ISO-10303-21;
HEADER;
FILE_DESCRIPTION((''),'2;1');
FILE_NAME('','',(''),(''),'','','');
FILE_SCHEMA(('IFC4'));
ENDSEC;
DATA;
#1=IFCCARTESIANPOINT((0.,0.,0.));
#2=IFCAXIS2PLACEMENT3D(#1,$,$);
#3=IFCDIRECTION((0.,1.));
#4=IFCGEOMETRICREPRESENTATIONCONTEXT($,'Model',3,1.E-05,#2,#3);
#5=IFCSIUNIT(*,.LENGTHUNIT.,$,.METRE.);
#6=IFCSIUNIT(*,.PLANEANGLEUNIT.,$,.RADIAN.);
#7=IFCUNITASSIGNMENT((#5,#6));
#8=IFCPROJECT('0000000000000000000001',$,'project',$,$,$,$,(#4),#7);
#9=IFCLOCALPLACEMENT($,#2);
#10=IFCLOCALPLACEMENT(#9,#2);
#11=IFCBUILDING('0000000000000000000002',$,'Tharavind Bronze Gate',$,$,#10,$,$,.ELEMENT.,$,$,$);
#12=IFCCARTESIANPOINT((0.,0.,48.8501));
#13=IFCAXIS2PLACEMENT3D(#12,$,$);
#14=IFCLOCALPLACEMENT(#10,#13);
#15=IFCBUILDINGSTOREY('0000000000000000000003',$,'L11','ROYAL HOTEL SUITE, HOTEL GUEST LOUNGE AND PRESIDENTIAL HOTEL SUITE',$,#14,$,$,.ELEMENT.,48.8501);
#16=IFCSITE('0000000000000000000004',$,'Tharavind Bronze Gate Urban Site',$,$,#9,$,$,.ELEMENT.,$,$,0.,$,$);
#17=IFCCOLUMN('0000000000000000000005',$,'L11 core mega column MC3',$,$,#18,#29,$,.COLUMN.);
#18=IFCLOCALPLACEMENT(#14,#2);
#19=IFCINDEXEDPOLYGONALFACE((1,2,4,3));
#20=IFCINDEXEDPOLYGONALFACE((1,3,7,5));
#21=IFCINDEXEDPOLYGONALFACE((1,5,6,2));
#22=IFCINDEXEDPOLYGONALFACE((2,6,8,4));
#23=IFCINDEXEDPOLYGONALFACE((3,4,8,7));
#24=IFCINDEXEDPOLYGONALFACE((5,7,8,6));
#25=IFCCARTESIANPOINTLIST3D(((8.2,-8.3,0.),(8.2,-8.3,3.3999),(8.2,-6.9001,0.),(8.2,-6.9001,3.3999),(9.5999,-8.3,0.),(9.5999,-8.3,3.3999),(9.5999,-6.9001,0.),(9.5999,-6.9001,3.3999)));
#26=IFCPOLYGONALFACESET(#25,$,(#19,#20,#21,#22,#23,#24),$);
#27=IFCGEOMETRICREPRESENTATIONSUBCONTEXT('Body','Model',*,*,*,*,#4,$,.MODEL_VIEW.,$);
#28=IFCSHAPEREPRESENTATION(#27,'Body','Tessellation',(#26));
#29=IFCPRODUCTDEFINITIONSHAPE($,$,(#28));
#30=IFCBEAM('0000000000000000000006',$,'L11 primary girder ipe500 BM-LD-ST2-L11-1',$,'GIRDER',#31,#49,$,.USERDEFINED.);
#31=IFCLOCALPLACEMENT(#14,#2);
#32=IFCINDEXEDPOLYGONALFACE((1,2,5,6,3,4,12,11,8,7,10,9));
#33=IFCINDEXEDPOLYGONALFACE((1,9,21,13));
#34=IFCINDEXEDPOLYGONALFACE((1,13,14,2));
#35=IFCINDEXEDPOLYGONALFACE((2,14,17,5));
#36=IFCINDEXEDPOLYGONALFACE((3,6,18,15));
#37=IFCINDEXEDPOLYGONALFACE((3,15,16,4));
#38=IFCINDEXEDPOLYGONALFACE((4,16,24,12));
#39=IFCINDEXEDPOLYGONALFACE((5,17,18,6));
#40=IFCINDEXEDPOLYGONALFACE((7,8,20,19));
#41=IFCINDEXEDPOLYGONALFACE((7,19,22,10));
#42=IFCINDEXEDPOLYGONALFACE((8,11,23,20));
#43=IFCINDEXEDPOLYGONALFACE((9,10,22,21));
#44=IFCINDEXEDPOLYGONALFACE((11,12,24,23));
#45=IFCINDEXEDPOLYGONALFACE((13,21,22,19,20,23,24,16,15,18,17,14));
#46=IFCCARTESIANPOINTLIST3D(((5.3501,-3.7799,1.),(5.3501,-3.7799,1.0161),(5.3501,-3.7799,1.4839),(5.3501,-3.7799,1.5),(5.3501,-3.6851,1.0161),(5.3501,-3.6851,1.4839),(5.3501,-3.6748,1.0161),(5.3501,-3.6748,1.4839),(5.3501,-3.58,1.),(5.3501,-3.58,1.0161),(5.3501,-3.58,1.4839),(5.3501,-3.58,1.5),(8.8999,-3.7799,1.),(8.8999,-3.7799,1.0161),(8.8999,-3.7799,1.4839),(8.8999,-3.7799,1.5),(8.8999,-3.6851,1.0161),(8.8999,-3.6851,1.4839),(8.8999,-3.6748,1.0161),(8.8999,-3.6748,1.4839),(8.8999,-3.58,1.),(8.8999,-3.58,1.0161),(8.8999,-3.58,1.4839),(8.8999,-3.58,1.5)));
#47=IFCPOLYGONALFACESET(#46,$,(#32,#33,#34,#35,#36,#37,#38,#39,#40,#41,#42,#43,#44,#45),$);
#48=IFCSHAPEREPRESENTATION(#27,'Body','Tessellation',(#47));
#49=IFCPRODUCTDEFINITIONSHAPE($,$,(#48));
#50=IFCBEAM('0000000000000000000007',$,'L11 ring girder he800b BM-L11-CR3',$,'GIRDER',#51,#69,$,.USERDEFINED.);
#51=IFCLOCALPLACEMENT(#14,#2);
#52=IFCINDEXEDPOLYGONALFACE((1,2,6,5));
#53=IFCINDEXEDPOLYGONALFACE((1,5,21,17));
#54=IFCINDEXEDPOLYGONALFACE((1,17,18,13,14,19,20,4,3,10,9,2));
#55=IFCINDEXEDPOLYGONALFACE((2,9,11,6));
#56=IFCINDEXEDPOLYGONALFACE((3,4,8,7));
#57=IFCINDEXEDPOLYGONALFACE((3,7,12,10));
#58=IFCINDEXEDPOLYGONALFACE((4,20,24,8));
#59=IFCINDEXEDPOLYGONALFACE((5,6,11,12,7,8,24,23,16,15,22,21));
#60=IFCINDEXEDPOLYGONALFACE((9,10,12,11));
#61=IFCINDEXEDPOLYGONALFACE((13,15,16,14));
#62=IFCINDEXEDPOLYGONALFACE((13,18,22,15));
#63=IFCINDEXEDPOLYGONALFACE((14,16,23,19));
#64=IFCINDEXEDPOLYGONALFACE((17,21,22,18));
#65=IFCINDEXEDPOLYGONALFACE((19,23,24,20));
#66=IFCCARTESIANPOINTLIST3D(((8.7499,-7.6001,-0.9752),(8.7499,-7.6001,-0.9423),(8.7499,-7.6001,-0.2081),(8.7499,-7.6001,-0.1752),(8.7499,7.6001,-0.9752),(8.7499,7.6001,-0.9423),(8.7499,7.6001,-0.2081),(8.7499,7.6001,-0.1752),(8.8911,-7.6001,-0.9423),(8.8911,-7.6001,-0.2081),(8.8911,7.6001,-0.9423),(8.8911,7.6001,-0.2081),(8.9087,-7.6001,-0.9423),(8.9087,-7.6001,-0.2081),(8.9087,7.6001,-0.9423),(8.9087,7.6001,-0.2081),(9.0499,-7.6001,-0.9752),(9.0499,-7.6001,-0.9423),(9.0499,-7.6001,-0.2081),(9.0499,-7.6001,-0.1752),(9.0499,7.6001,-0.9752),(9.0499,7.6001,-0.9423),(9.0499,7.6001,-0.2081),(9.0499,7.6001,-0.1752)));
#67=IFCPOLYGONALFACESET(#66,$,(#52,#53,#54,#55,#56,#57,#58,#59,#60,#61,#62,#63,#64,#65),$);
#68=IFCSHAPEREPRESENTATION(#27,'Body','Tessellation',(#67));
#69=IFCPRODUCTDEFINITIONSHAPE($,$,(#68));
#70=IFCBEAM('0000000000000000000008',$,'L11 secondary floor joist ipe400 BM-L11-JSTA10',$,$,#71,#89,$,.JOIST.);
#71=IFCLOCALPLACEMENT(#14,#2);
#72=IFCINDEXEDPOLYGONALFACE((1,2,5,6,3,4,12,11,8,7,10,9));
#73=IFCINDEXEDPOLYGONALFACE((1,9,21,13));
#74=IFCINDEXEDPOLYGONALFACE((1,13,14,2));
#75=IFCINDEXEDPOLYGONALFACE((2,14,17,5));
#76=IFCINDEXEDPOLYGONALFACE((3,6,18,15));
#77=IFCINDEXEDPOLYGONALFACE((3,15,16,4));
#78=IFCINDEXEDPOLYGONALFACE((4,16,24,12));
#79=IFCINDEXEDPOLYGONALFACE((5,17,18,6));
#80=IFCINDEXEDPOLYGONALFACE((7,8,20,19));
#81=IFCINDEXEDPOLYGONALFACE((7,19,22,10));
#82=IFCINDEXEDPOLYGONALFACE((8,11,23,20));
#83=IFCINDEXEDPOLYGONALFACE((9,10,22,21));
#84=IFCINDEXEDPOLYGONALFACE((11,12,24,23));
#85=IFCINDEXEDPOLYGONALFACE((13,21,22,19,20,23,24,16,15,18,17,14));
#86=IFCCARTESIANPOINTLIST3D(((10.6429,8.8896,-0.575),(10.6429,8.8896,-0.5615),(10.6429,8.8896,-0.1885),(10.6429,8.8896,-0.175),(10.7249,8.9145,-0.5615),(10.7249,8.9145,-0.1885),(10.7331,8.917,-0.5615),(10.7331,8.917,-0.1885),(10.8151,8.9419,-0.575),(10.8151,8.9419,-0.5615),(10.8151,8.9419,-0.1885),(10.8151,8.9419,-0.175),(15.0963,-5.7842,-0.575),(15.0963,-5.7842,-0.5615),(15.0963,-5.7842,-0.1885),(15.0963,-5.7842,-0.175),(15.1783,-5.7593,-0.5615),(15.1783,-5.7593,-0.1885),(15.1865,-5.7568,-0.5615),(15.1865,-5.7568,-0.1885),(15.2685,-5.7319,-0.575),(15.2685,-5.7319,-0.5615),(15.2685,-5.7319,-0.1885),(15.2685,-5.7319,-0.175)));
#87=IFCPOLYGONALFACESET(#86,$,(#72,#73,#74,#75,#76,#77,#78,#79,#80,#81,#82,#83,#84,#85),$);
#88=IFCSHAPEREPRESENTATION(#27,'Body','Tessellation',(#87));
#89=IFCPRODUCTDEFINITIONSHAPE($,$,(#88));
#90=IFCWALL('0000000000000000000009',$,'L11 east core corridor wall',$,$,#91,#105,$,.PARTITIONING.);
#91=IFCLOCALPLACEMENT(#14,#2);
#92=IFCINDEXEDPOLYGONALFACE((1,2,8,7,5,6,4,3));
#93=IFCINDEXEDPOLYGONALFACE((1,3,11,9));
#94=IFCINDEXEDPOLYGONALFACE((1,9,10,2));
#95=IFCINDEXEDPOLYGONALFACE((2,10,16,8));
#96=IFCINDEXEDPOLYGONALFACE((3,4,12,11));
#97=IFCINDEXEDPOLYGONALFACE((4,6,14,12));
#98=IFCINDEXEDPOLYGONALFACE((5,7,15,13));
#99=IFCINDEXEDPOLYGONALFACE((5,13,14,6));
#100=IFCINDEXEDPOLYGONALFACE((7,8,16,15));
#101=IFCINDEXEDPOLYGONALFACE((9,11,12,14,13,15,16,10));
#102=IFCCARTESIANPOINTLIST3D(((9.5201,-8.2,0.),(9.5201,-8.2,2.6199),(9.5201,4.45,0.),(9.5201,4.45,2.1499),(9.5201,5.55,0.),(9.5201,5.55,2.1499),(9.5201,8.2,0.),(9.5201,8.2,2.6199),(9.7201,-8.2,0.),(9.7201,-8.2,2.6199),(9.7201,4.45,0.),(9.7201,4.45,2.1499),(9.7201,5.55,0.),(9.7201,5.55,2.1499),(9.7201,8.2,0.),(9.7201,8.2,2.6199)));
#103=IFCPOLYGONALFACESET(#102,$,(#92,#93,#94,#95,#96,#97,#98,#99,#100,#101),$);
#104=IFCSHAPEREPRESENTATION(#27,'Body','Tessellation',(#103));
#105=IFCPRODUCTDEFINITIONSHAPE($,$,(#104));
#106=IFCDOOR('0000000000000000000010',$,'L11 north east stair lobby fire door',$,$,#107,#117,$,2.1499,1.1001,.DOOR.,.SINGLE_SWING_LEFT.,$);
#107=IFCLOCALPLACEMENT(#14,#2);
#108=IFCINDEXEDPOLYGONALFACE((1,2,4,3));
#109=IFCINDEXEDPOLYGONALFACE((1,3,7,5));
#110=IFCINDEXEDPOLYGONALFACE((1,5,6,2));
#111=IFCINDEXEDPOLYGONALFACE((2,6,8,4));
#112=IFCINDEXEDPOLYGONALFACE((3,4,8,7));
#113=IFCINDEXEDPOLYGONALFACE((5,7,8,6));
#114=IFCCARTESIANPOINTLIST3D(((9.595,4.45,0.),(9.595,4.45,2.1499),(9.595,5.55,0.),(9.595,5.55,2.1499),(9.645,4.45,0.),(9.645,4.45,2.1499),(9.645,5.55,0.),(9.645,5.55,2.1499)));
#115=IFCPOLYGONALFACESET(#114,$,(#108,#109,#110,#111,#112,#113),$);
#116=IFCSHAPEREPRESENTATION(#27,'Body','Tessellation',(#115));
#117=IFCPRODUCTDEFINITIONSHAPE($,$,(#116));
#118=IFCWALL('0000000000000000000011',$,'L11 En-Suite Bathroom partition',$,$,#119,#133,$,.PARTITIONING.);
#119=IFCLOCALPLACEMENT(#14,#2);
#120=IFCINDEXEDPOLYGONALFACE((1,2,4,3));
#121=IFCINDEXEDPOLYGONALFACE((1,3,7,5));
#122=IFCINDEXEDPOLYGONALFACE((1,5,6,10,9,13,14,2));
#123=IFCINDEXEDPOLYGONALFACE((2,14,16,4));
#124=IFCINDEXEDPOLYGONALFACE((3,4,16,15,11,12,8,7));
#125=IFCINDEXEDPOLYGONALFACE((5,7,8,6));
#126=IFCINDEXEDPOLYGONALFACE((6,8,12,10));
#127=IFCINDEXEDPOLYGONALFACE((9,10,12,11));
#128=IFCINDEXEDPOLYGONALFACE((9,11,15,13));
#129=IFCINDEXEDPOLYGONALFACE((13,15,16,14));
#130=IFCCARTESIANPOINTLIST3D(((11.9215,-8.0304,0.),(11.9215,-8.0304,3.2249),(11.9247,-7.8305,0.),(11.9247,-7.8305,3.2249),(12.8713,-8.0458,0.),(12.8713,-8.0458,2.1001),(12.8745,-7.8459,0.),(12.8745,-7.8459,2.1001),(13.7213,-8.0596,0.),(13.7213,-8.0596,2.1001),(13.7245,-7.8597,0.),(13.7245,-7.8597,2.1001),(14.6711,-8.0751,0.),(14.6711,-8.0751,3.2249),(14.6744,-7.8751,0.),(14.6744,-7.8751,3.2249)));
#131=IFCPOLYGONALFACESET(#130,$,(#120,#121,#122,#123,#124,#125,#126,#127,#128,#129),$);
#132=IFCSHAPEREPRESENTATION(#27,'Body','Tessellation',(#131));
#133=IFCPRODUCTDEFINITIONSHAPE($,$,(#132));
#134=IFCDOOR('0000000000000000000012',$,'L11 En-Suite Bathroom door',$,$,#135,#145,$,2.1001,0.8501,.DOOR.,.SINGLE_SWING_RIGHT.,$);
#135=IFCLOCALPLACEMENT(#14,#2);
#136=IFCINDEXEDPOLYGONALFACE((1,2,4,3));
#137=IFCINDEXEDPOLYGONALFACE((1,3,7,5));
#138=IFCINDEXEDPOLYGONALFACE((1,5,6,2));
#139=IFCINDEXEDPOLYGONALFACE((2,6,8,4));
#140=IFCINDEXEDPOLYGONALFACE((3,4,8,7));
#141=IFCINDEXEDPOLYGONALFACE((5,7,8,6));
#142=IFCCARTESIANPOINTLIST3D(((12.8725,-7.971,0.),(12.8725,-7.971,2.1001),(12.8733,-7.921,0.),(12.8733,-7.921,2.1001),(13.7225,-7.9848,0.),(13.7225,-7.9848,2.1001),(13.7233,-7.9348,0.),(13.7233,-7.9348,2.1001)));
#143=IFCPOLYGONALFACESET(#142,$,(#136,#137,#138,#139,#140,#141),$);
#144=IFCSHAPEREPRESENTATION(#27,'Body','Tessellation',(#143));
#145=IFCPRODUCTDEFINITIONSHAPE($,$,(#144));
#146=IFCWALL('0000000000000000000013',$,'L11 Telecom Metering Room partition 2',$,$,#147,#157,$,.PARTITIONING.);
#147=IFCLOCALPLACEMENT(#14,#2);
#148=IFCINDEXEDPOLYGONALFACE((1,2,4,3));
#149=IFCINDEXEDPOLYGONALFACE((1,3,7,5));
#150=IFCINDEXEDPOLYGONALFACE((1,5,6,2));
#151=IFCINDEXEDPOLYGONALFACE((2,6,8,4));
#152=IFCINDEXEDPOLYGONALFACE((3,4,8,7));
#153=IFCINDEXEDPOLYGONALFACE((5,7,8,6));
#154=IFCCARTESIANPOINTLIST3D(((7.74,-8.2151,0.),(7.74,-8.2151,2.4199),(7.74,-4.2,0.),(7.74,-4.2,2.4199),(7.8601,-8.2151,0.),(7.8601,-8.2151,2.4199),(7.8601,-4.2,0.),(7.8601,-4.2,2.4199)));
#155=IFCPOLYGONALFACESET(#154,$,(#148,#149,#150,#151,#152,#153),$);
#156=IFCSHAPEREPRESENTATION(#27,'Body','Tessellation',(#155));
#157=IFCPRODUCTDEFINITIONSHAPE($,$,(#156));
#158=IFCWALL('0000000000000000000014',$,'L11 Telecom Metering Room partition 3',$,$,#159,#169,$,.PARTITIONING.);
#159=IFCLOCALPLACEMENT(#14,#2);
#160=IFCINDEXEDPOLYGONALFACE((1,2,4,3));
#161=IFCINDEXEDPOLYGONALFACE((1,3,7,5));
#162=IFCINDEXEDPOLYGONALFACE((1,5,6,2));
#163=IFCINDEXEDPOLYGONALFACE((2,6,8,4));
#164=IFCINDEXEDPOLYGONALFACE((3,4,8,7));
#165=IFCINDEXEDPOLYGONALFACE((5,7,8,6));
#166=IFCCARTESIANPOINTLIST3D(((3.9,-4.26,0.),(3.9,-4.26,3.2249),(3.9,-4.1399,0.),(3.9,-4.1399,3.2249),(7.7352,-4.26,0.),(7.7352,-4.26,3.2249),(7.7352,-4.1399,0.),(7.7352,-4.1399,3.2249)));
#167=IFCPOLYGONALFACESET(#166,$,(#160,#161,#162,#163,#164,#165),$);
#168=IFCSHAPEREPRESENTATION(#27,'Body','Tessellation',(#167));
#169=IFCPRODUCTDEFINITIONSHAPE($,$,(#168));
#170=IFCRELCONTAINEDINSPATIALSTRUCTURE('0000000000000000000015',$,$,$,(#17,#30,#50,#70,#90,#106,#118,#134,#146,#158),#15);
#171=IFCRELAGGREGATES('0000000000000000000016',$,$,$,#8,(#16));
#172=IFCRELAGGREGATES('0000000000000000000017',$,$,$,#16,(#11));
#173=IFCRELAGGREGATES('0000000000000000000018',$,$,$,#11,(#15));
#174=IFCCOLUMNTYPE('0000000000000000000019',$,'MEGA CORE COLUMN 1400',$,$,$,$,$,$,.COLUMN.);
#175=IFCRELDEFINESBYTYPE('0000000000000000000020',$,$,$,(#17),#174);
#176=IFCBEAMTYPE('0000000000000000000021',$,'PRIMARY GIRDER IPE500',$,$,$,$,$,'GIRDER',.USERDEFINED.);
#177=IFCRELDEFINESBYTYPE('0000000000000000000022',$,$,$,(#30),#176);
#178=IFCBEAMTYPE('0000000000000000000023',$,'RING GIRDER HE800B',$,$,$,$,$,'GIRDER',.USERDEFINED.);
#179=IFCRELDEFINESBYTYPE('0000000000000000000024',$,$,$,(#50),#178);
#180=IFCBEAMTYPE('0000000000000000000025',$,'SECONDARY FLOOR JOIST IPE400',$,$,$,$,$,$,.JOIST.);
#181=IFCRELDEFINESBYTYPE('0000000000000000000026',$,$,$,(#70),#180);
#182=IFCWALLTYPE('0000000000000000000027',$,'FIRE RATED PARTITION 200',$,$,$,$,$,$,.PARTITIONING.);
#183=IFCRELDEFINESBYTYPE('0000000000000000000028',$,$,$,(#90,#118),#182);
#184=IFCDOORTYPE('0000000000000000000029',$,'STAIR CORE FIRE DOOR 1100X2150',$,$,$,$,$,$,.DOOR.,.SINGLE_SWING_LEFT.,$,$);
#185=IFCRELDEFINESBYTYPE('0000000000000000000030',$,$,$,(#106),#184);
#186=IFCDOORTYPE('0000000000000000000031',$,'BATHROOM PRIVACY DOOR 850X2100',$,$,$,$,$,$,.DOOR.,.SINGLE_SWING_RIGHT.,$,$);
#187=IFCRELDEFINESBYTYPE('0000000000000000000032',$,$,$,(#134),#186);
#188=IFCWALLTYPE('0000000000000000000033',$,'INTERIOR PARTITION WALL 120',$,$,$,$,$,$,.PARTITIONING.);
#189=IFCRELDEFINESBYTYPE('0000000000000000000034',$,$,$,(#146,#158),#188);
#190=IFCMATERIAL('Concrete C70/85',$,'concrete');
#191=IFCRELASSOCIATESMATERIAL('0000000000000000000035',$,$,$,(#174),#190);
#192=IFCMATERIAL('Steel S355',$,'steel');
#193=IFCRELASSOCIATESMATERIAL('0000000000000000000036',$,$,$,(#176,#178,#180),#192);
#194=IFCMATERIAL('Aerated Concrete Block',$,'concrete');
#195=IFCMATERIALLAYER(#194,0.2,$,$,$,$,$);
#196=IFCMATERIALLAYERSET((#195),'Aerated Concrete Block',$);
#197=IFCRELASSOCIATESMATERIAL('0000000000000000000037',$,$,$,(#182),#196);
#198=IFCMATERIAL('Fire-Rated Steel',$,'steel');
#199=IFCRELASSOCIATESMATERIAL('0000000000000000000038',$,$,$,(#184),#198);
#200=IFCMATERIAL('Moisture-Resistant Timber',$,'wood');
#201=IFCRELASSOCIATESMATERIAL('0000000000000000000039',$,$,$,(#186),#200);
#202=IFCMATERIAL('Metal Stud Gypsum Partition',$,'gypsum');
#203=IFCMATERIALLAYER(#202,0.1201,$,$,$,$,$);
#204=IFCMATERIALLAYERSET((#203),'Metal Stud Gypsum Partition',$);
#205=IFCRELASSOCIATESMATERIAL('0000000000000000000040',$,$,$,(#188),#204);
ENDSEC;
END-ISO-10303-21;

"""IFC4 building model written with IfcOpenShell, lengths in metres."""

from ifc_helpers import new_model, si_unit, direction, frame, frame_2d, origin, origin_2d, place, context, subcontext, project, spatial, rectangle, i_section, extrude, material, layer, layer_set, material_profile, profile_set, type_object, element, fill, save


model = new_model("IFC4")

# Units and contexts
model_context = context("Model", 3, precision=1e-05, world=origin(), true_north=direction((0.0, 1.0)))
body_context = subcontext(model_context, "Body", "Model", "MODEL_VIEW")
ifc_project = project(units=[si_unit("LENGTHUNIT", "METRE"), si_unit("PLANEANGLEUNIT", "RADIAN")], contexts=[model_context])

# Site, building, storey
site_placement = place(None, origin())
site = spatial("IfcSite", under=ifc_project, at=site_placement, Name="Tharavind Bronze Gate Urban Site", CompositionType="ELEMENT", RefElevation=0.0)
building_placement = place(site_placement, origin())
building = spatial("IfcBuilding", under=site, at=building_placement, Name="Tharavind Bronze Gate", CompositionType="ELEMENT")
storey_placement = place(building_placement, frame((0.0, 0.0, 48.8501)))
storey = spatial("IfcBuildingStorey", under=building, at=storey_placement, Name="L11", Description="ROYAL HOTEL SUITE, HOTEL GUEST LOUNGE AND PRESIDENTIAL HOTEL SUITE", CompositionType="ELEMENT", Elevation=48.8501)

# Column
ifc_material_1 = material(Name="Concrete C70/85", Category="concrete")
ifc_material_profile_1 = material_profile(ifc_material_1, rectangle(XDim=1.3999, YDim=1.3999, at=origin_2d()), Name="RCCOL1400")
ifc_profile_set_1 = profile_set([ifc_material_profile_1], Name="Concrete C70/85")
column_type = type_object("IfcColumnType", Name="MEGA CORE COLUMN 1400", PredefinedType="COLUMN", material=ifc_profile_set_1)
column_placement = place(storey_placement, frame((8.8999, -7.6001, 0.0), z_axis=(0.0, 0.0, 1.0), x_axis=(1.0, 0.0, 0.0)))
element("IfcColumn", 1, at=column_placement, inside=storey, type_object=column_type, Name="L11 core mega column MC3", PredefinedType="COLUMN", context=body_context, shape_type="SweptSolid", body=[
    extrude(rectangle(XDim=1.3999, YDim=1.3999, at=origin_2d()), origin(), (0.0, 0.0, 1.0), 3.3999),
])

# Beams
ifc_material_2 = material(Name="Steel S355", Category="steel")
ifc_material_profile_2 = material_profile(ifc_material_2, i_section(OverallWidth=0.2, OverallDepth=0.5, WebThickness=0.0103, FlangeThickness=0.0161, at=origin_2d()), Name="IPE500")
ifc_profile_set_2 = profile_set([ifc_material_profile_2], Name="Steel S355")
beam_type_1 = type_object("IfcBeamType", Name="PRIMARY GIRDER IPE500", ElementType="GIRDER", PredefinedType="USERDEFINED", material=ifc_profile_set_2)
beam_1_placement = place(storey_placement, frame((5.3501, -3.6799, 1.25), z_axis=(1.0, 0.0, 0.0), x_axis=(0.0, 1.0, 0.0)))
element("IfcBeam", 2, at=beam_1_placement, inside=storey, type_object=beam_type_1, Name="L11 primary girder ipe500 BM-LD-ST2-L11-1", ObjectType="GIRDER", PredefinedType="USERDEFINED", context=body_context, shape_type="SweptSolid", body=[
    extrude(i_section(OverallWidth=0.2, OverallDepth=0.5, WebThickness=0.0103, FlangeThickness=0.0161, at=origin_2d()), origin(), (0.0, 0.0, 1.0), 3.5498),
])
ifc_material_profile_3 = material_profile(ifc_material_2, i_section(OverallWidth=0.3, OverallDepth=0.8, WebThickness=0.0176, FlangeThickness=0.033, at=origin_2d()), Name="HE800B")
ifc_profile_set_3 = profile_set([ifc_material_profile_3], Name="Steel S355")
beam_type_2 = type_object("IfcBeamType", Name="RING GIRDER HE800B", ElementType="GIRDER", PredefinedType="USERDEFINED", material=ifc_profile_set_3)
beam_2_placement = place(storey_placement, frame((8.8999, -7.6001, -0.5752), z_axis=(0.0, 1.0, 0.0), x_axis=(-1.0, 0.0, 0.0)))
element("IfcBeam", 3, at=beam_2_placement, inside=storey, type_object=beam_type_2, Name="L11 ring girder he800b BM-L11-CR3", ObjectType="GIRDER", PredefinedType="USERDEFINED", context=body_context, shape_type="SweptSolid", body=[
    extrude(i_section(OverallWidth=0.3, OverallDepth=0.8, WebThickness=0.0176, FlangeThickness=0.033, at=origin_2d()), origin(), (0.0, 0.0, 1.0), 15.2002),
])
ifc_material_profile_4 = material_profile(ifc_material_2, i_section(OverallWidth=0.1799, OverallDepth=0.3999, WebThickness=0.0085, FlangeThickness=0.0134, at=origin_2d()), Name="IPE400")
ifc_profile_set_4 = profile_set([ifc_material_profile_4], Name="Steel S355")
beam_type_3 = type_object("IfcBeamType", Name="SECONDARY FLOOR JOIST IPE400", PredefinedType="JOIST", material=ifc_profile_set_4)
beam_3_placement = place(storey_placement, frame((15.1824, -5.7581, -0.375), z_axis=(-0.290411, 0.956902, 0.0), x_axis=(-0.956902, -0.290411, 0.0)))
element("IfcBeam", 4, at=beam_3_placement, inside=storey, type_object=beam_type_3, Name="L11 secondary floor joist ipe400 BM-L11-JSTA10", PredefinedType="JOIST", context=body_context, shape_type="SweptSolid", body=[
    extrude(i_section(OverallWidth=0.1799, OverallDepth=0.3999, WebThickness=0.0085, FlangeThickness=0.0134, at=origin_2d()), origin(), (0.0, 0.0, 1.0), 15.3347),
])

# Walls, openings, doors
ifc_material_3 = material(Name="Aerated Concrete Block", Category="concrete")
ifc_layer_1 = layer(ifc_material_3, 0.2)
ifc_layer_set_1 = layer_set([ifc_layer_1], Name="Aerated Concrete Block")
wall_type_1 = type_object("IfcWallType", Name="FIRE RATED PARTITION 200", PredefinedType="PARTITIONING", material=ifc_layer_set_1)
wall_1_placement = place(storey_placement, frame((9.6201, -8.2, 0.0), z_axis=(0.0, 0.0, 1.0), x_axis=(0.0, 1.0, 0.0)))
wall_1 = element("IfcWall", 5, at=wall_1_placement, inside=storey, type_object=wall_type_1, Name="L11 east core corridor wall", PredefinedType="PARTITIONING", context=body_context, shape_type="SweptSolid", body=[
    extrude(rectangle(XDim=16.3999, YDim=0.2, at=frame_2d((8.2, 0.0))), origin(), (0.0, 0.0, 1.0), 2.6199),
])
opening_1_placement = place(wall_1_placement, frame((12.6499, 0.0, 0.0)))
opening_1 = element("IfcOpeningElement", 6, at=opening_1_placement, cuts=wall_1, PredefinedType="OPENING", context=body_context, shape_type="SweptSolid", body=[
    extrude(rectangle(XDim=1.1001, YDim=2.1499, at=frame_2d((0.55, 1.075))), frame((0.0, 0.1101, 0.0), z_axis=(0.0, -1.0, 0.0), x_axis=(1.0, 0.0, 0.0)), (0.0, 0.0, 1.0), 0.22),
])
ifc_material_4 = material(Name="Fire-Rated Steel", Category="steel")
door_type_1 = type_object("IfcDoorType", Name="STAIR CORE FIRE DOOR 1100X2150", OperationType="SINGLE_SWING_LEFT", PredefinedType="DOOR", material=ifc_material_4)
door_1_placement = place(opening_1_placement, frame((1.1001, 0.0, 0.0), z_axis=(0.0, 0.0, 1.0), x_axis=(-1.0, 0.0, 0.0)))
door_1 = element("IfcDoor", 7, at=door_1_placement, inside=storey, type_object=door_type_1, Name="L11 north east stair lobby fire door", OperationType="SINGLE_SWING_LEFT", OverallHeight=2.1499, OverallWidth=1.1001, PredefinedType="DOOR", context=body_context, shape_type="SweptSolid", body=[
    extrude(rectangle(XDim=1.1001, YDim=2.1499, at=frame_2d((0.55, 1.075))), frame((0.0, 0.0249, 0.0), z_axis=(0.0, -1.0, 0.0), x_axis=(1.0, 0.0, 0.0)), (0.0, 0.0, 1.0), 0.05),
])
fill(opening_1, door_1)
wall_2_placement = place(storey_placement, frame((11.9231, -7.9304, 0.0), z_axis=(0.0, 0.0, 1.0), x_axis=(0.999868, -0.016246, 0.0)))
wall_2 = element("IfcWall", 8, at=wall_2_placement, inside=storey, type_object=wall_type_1, Name="L11 En-Suite Bathroom partition", PredefinedType="PARTITIONING", context=body_context, shape_type="SweptSolid", body=[
    extrude(rectangle(XDim=2.75, YDim=0.2, at=frame_2d((1.375, 0.0))), origin(), (0.0, 0.0, 1.0), 3.2249),
])
opening_2_placement = place(wall_2_placement, frame((0.95, 0.0, 0.0)))
opening_2 = element("IfcOpeningElement", 9, at=opening_2_placement, cuts=wall_2, PredefinedType="OPENING", context=body_context, shape_type="SweptSolid", body=[
    extrude(rectangle(XDim=0.8501, YDim=2.1001, at=frame_2d((0.425, 1.05))), frame((0.0, 0.1101, 0.0), z_axis=(0.0, -1.0, 0.0), x_axis=(1.0, 0.0, 0.0)), (0.0, 0.0, 1.0), 0.22),
])
ifc_material_5 = material(Name="Moisture-Resistant Timber", Category="wood")
door_type_2 = type_object("IfcDoorType", Name="BATHROOM PRIVACY DOOR 850X2100", OperationType="SINGLE_SWING_RIGHT", PredefinedType="DOOR", material=ifc_material_5)
door_2_placement = place(opening_2_placement, origin())
door_2 = element("IfcDoor", 10, at=door_2_placement, inside=storey, type_object=door_type_2, Name="L11 En-Suite Bathroom door", OperationType="SINGLE_SWING_RIGHT", OverallHeight=2.1001, OverallWidth=0.8501, PredefinedType="DOOR", context=body_context, shape_type="SweptSolid", body=[
    extrude(rectangle(XDim=0.8501, YDim=2.1001, at=frame_2d((0.425, 1.05))), frame((0.0, 0.0249, 0.0), z_axis=(0.0, -1.0, 0.0), x_axis=(1.0, 0.0, 0.0)), (0.0, 0.0, 1.0), 0.05),
])
fill(opening_2, door_2)

# Walls
ifc_material_6 = material(Name="Metal Stud Gypsum Partition", Category="gypsum")
ifc_layer_2 = layer(ifc_material_6, 0.1201)
ifc_layer_set_2 = layer_set([ifc_layer_2], Name="Metal Stud Gypsum Partition")
wall_type_2 = type_object("IfcWallType", Name="INTERIOR PARTITION WALL 120", PredefinedType="PARTITIONING", material=ifc_layer_set_2)
wall_3_placement = place(storey_placement, frame((7.8, -8.2151, 0.0), z_axis=(0.0, 0.0, 1.0), x_axis=(0.0, 1.0, 0.0)))
element("IfcWall", 11, at=wall_3_placement, inside=storey, type_object=wall_type_2, Name="L11 Telecom Metering Room partition 2", PredefinedType="PARTITIONING", context=body_context, shape_type="SweptSolid", body=[
    extrude(rectangle(XDim=4.0151, YDim=0.1201, at=frame_2d((2.0076, 0.0))), origin(), (0.0, 0.0, 1.0), 2.4199),
])
wall_4_placement = place(storey_placement, frame((7.7351, -4.2, 0.0), z_axis=(0.0, 0.0, 1.0), x_axis=(-1.0, 0.0, 0.0)))
element("IfcWall", 12, at=wall_4_placement, inside=storey, type_object=wall_type_2, Name="L11 Telecom Metering Room partition 3", PredefinedType="PARTITIONING", context=body_context, shape_type="SweptSolid", body=[
    extrude(rectangle(XDim=3.8352, YDim=0.1201, at=frame_2d((1.9175, 0.0))), origin(), (0.0, 0.0, 1.0), 3.2249),
])

save(model, "model.ifc")
